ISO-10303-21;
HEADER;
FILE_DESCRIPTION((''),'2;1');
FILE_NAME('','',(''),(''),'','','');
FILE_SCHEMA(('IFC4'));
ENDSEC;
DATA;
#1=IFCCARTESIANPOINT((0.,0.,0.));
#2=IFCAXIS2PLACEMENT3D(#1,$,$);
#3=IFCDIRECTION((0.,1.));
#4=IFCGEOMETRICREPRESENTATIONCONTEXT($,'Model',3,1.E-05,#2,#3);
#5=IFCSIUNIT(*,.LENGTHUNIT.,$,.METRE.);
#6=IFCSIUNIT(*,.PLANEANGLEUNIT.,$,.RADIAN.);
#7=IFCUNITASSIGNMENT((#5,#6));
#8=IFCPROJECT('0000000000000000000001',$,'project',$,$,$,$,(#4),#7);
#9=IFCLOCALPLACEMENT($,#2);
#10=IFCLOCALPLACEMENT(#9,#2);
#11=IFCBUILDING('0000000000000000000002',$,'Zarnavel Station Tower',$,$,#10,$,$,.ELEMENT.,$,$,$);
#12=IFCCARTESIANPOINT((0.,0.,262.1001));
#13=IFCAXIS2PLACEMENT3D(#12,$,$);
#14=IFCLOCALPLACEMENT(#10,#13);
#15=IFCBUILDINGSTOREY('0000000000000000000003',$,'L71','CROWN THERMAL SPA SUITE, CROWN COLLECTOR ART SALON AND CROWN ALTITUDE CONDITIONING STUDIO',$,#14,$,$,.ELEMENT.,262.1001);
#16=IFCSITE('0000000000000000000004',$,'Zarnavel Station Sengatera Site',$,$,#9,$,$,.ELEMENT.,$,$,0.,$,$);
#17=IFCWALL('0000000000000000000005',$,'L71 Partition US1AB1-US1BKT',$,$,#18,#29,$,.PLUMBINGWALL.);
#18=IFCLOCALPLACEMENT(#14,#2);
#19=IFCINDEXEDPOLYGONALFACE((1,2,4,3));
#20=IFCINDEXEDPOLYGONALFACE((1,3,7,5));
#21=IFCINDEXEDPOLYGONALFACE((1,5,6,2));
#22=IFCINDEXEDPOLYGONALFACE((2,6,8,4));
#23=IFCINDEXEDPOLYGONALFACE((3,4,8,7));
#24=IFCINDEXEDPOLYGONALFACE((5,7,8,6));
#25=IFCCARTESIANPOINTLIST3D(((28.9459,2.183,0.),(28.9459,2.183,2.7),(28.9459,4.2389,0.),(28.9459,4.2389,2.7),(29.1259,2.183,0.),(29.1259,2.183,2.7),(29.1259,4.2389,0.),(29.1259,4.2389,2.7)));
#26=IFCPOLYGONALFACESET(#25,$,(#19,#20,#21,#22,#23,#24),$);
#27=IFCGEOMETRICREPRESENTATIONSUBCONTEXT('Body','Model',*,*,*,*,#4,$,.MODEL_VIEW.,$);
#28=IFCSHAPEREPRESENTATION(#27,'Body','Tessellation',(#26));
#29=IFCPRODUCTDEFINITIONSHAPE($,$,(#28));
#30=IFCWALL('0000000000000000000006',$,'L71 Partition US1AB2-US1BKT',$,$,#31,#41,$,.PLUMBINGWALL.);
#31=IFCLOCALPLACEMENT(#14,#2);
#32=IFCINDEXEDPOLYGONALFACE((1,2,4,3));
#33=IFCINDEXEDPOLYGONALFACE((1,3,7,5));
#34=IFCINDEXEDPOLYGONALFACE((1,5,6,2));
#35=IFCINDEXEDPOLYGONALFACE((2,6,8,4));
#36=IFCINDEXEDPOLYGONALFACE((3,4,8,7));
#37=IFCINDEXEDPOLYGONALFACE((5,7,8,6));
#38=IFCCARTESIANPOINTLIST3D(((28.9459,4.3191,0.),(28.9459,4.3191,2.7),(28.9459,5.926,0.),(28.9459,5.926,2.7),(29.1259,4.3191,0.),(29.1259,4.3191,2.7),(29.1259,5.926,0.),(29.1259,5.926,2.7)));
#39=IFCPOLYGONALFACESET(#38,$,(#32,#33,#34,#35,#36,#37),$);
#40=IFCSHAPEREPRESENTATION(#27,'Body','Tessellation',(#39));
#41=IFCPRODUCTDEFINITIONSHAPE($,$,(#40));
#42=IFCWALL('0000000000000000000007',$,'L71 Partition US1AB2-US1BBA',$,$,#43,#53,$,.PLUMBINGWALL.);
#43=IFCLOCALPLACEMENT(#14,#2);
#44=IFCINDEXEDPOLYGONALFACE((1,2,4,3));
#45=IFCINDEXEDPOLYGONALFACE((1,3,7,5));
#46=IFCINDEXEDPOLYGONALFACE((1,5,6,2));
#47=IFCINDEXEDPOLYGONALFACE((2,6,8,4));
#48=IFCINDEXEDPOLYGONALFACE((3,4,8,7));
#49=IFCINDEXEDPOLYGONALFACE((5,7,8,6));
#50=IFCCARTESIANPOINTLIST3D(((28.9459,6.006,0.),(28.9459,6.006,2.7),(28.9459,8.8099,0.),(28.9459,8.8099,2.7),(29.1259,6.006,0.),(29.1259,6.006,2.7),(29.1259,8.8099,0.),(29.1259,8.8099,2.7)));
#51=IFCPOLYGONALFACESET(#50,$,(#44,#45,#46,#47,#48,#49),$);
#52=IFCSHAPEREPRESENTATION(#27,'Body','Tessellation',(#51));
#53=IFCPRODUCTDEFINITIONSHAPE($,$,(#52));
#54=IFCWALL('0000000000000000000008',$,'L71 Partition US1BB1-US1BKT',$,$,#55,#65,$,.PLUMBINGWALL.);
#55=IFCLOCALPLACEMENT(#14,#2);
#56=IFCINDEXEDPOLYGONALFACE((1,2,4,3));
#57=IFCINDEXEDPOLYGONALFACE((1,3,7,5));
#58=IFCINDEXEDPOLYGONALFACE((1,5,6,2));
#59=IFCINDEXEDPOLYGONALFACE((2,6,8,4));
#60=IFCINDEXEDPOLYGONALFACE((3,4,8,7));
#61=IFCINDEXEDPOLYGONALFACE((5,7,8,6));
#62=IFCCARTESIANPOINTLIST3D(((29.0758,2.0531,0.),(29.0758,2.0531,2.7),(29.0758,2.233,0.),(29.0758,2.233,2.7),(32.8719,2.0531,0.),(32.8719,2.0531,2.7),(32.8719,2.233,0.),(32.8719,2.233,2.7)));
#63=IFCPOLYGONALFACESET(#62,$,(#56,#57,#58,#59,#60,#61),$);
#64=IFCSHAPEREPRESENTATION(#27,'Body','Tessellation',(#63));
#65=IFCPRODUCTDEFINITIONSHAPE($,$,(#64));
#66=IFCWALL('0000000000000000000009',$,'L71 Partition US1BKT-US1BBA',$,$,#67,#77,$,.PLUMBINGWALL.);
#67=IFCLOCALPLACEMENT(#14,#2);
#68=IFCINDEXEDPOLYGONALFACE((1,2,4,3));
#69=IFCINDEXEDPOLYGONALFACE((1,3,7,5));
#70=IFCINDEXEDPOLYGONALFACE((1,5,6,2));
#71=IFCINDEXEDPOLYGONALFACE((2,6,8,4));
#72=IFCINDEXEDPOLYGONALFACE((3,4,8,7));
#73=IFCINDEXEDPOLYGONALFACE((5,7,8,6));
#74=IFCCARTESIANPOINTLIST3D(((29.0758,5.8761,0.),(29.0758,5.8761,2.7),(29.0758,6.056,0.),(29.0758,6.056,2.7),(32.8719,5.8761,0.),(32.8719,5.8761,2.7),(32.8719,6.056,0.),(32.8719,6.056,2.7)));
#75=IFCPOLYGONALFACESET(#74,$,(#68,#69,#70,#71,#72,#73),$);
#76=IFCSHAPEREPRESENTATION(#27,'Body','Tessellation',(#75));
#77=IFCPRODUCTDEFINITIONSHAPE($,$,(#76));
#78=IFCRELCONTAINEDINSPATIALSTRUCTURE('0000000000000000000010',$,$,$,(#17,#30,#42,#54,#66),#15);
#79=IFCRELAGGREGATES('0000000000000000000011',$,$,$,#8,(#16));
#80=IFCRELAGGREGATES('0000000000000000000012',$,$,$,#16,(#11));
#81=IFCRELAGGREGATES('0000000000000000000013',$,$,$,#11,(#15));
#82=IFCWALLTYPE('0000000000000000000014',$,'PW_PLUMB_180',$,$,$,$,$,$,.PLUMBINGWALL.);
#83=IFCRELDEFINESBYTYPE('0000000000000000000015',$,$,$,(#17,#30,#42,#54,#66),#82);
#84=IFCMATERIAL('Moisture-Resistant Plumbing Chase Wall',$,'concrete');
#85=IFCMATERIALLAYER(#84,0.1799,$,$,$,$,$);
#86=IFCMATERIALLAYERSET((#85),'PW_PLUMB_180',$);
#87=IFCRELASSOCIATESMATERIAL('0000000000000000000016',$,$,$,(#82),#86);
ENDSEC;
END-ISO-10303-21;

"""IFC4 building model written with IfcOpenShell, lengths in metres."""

from ifc_helpers import new_model, si_unit, direction, frame, frame_2d, origin, place, context, subcontext, project, spatial, rectangle, extrude, material, layer, layer_set, type_object, element, save


model = new_model("IFC4")

# Units and contexts
model_context = context("Model", 3, precision=1e-05, world=origin(), true_north=direction((0.0, 1.0)))
body_context = subcontext(model_context, "Body", "Model", "MODEL_VIEW")
ifc_project = project(units=[si_unit("LENGTHUNIT", "METRE"), si_unit("PLANEANGLEUNIT", "RADIAN")], contexts=[model_context])

# Site, building, storey
site_placement = place(None, origin())
site = spatial("IfcSite", under=ifc_project, at=site_placement, Name="Zarnavel Station Sengatera Site", CompositionType="ELEMENT", RefElevation=0.0)
building_placement = place(site_placement, origin())
building = spatial("IfcBuilding", under=site, at=building_placement, Name="Zarnavel Station Tower", CompositionType="ELEMENT")
storey_placement = place(building_placement, frame((0.0, 0.0, 262.1001)))
storey = spatial("IfcBuildingStorey", under=building, at=storey_placement, Name="L71", Description="CROWN THERMAL SPA SUITE, CROWN COLLECTOR ART SALON AND CROWN ALTITUDE CONDITIONING STUDIO", CompositionType="ELEMENT", Elevation=262.1001)

# Walls
ifc_material_1 = material(Name="Moisture-Resistant Plumbing Chase Wall", Category="concrete")
ifc_layer_1 = layer(ifc_material_1, 0.1799)
ifc_layer_set_1 = layer_set([ifc_layer_1], Name="PW_PLUMB_180")
wall_type_1 = type_object("IfcWallType", Name="PW_PLUMB_180", PredefinedType="PLUMBINGWALL", material=ifc_layer_set_1)
wall_1_placement = place(storey_placement, frame((29.0359, 2.1831, 0.0), z_axis=(0.0, 0.0, 1.0), x_axis=(0.0, 1.0, 0.0)))
element("IfcWall", 1, at=wall_1_placement, inside=storey, type_object=wall_type_1, Name="L71 Partition US1AB1-US1BKT", PredefinedType="PLUMBINGWALL", context=body_context, shape_type="SweptSolid", body=[
    extrude(rectangle(XDim=2.0559, YDim=0.1799, at=frame_2d((1.0278, 0.0))), origin(), (0.0, 0.0, 1.0), 2.7),
])
wall_2_placement = place(storey_placement, frame((29.0359, 4.3191, 0.0), z_axis=(0.0, 0.0, 1.0), x_axis=(0.0, 1.0, 0.0)))
element("IfcWall", 2, at=wall_2_placement, inside=storey, type_object=wall_type_1, Name="L71 Partition US1AB2-US1BKT", PredefinedType="PLUMBINGWALL", context=body_context, shape_type="SweptSolid", body=[
    extrude(rectangle(XDim=1.6069, YDim=0.1799, at=frame_2d((0.8035, 0.0))), origin(), (0.0, 0.0, 1.0), 2.7),
])
wall_3_placement = place(storey_placement, frame((29.0359, 6.0061, 0.0), z_axis=(0.0, 0.0, 1.0), x_axis=(0.0, 1.0, 0.0)))
element("IfcWall", 3, at=wall_3_placement, inside=storey, type_object=wall_type_1, Name="L71 Partition US1AB2-US1BBA", PredefinedType="PLUMBINGWALL", context=body_context, shape_type="SweptSolid", body=[
    extrude(rectangle(XDim=2.804, YDim=0.1799, at=frame_2d((1.4019, 0.0))), origin(), (0.0, 0.0, 1.0), 2.7),
])
for number, where, z_axis, x_axis, name in (
    (4, (29.0759, 2.1431, 0.0), (0.0, 0.0, 1.0), (1.0, 0.0, 0.0), "L71 Partition US1BB1-US1BKT"),
    (5, (29.0759, 5.9661, 0.0), (0.0, 0.0, 1.0), (1.0, 0.0, 0.0), "L71 Partition US1BKT-US1BBA"),
):
    element("IfcWall", number, at=place(storey_placement, frame(where, z_axis=z_axis, x_axis=x_axis)), inside=storey, type_object=wall_type_1, Name=name, PredefinedType="PLUMBINGWALL", context=body_context, shape_type="SweptSolid", body=[
        extrude(rectangle(XDim=3.7961, YDim=0.1799, at=frame_2d((1.8979, 0.0))), origin(), (0.0, 0.0, 1.0), 2.7),
    ])

save(model, "model.ifc")
